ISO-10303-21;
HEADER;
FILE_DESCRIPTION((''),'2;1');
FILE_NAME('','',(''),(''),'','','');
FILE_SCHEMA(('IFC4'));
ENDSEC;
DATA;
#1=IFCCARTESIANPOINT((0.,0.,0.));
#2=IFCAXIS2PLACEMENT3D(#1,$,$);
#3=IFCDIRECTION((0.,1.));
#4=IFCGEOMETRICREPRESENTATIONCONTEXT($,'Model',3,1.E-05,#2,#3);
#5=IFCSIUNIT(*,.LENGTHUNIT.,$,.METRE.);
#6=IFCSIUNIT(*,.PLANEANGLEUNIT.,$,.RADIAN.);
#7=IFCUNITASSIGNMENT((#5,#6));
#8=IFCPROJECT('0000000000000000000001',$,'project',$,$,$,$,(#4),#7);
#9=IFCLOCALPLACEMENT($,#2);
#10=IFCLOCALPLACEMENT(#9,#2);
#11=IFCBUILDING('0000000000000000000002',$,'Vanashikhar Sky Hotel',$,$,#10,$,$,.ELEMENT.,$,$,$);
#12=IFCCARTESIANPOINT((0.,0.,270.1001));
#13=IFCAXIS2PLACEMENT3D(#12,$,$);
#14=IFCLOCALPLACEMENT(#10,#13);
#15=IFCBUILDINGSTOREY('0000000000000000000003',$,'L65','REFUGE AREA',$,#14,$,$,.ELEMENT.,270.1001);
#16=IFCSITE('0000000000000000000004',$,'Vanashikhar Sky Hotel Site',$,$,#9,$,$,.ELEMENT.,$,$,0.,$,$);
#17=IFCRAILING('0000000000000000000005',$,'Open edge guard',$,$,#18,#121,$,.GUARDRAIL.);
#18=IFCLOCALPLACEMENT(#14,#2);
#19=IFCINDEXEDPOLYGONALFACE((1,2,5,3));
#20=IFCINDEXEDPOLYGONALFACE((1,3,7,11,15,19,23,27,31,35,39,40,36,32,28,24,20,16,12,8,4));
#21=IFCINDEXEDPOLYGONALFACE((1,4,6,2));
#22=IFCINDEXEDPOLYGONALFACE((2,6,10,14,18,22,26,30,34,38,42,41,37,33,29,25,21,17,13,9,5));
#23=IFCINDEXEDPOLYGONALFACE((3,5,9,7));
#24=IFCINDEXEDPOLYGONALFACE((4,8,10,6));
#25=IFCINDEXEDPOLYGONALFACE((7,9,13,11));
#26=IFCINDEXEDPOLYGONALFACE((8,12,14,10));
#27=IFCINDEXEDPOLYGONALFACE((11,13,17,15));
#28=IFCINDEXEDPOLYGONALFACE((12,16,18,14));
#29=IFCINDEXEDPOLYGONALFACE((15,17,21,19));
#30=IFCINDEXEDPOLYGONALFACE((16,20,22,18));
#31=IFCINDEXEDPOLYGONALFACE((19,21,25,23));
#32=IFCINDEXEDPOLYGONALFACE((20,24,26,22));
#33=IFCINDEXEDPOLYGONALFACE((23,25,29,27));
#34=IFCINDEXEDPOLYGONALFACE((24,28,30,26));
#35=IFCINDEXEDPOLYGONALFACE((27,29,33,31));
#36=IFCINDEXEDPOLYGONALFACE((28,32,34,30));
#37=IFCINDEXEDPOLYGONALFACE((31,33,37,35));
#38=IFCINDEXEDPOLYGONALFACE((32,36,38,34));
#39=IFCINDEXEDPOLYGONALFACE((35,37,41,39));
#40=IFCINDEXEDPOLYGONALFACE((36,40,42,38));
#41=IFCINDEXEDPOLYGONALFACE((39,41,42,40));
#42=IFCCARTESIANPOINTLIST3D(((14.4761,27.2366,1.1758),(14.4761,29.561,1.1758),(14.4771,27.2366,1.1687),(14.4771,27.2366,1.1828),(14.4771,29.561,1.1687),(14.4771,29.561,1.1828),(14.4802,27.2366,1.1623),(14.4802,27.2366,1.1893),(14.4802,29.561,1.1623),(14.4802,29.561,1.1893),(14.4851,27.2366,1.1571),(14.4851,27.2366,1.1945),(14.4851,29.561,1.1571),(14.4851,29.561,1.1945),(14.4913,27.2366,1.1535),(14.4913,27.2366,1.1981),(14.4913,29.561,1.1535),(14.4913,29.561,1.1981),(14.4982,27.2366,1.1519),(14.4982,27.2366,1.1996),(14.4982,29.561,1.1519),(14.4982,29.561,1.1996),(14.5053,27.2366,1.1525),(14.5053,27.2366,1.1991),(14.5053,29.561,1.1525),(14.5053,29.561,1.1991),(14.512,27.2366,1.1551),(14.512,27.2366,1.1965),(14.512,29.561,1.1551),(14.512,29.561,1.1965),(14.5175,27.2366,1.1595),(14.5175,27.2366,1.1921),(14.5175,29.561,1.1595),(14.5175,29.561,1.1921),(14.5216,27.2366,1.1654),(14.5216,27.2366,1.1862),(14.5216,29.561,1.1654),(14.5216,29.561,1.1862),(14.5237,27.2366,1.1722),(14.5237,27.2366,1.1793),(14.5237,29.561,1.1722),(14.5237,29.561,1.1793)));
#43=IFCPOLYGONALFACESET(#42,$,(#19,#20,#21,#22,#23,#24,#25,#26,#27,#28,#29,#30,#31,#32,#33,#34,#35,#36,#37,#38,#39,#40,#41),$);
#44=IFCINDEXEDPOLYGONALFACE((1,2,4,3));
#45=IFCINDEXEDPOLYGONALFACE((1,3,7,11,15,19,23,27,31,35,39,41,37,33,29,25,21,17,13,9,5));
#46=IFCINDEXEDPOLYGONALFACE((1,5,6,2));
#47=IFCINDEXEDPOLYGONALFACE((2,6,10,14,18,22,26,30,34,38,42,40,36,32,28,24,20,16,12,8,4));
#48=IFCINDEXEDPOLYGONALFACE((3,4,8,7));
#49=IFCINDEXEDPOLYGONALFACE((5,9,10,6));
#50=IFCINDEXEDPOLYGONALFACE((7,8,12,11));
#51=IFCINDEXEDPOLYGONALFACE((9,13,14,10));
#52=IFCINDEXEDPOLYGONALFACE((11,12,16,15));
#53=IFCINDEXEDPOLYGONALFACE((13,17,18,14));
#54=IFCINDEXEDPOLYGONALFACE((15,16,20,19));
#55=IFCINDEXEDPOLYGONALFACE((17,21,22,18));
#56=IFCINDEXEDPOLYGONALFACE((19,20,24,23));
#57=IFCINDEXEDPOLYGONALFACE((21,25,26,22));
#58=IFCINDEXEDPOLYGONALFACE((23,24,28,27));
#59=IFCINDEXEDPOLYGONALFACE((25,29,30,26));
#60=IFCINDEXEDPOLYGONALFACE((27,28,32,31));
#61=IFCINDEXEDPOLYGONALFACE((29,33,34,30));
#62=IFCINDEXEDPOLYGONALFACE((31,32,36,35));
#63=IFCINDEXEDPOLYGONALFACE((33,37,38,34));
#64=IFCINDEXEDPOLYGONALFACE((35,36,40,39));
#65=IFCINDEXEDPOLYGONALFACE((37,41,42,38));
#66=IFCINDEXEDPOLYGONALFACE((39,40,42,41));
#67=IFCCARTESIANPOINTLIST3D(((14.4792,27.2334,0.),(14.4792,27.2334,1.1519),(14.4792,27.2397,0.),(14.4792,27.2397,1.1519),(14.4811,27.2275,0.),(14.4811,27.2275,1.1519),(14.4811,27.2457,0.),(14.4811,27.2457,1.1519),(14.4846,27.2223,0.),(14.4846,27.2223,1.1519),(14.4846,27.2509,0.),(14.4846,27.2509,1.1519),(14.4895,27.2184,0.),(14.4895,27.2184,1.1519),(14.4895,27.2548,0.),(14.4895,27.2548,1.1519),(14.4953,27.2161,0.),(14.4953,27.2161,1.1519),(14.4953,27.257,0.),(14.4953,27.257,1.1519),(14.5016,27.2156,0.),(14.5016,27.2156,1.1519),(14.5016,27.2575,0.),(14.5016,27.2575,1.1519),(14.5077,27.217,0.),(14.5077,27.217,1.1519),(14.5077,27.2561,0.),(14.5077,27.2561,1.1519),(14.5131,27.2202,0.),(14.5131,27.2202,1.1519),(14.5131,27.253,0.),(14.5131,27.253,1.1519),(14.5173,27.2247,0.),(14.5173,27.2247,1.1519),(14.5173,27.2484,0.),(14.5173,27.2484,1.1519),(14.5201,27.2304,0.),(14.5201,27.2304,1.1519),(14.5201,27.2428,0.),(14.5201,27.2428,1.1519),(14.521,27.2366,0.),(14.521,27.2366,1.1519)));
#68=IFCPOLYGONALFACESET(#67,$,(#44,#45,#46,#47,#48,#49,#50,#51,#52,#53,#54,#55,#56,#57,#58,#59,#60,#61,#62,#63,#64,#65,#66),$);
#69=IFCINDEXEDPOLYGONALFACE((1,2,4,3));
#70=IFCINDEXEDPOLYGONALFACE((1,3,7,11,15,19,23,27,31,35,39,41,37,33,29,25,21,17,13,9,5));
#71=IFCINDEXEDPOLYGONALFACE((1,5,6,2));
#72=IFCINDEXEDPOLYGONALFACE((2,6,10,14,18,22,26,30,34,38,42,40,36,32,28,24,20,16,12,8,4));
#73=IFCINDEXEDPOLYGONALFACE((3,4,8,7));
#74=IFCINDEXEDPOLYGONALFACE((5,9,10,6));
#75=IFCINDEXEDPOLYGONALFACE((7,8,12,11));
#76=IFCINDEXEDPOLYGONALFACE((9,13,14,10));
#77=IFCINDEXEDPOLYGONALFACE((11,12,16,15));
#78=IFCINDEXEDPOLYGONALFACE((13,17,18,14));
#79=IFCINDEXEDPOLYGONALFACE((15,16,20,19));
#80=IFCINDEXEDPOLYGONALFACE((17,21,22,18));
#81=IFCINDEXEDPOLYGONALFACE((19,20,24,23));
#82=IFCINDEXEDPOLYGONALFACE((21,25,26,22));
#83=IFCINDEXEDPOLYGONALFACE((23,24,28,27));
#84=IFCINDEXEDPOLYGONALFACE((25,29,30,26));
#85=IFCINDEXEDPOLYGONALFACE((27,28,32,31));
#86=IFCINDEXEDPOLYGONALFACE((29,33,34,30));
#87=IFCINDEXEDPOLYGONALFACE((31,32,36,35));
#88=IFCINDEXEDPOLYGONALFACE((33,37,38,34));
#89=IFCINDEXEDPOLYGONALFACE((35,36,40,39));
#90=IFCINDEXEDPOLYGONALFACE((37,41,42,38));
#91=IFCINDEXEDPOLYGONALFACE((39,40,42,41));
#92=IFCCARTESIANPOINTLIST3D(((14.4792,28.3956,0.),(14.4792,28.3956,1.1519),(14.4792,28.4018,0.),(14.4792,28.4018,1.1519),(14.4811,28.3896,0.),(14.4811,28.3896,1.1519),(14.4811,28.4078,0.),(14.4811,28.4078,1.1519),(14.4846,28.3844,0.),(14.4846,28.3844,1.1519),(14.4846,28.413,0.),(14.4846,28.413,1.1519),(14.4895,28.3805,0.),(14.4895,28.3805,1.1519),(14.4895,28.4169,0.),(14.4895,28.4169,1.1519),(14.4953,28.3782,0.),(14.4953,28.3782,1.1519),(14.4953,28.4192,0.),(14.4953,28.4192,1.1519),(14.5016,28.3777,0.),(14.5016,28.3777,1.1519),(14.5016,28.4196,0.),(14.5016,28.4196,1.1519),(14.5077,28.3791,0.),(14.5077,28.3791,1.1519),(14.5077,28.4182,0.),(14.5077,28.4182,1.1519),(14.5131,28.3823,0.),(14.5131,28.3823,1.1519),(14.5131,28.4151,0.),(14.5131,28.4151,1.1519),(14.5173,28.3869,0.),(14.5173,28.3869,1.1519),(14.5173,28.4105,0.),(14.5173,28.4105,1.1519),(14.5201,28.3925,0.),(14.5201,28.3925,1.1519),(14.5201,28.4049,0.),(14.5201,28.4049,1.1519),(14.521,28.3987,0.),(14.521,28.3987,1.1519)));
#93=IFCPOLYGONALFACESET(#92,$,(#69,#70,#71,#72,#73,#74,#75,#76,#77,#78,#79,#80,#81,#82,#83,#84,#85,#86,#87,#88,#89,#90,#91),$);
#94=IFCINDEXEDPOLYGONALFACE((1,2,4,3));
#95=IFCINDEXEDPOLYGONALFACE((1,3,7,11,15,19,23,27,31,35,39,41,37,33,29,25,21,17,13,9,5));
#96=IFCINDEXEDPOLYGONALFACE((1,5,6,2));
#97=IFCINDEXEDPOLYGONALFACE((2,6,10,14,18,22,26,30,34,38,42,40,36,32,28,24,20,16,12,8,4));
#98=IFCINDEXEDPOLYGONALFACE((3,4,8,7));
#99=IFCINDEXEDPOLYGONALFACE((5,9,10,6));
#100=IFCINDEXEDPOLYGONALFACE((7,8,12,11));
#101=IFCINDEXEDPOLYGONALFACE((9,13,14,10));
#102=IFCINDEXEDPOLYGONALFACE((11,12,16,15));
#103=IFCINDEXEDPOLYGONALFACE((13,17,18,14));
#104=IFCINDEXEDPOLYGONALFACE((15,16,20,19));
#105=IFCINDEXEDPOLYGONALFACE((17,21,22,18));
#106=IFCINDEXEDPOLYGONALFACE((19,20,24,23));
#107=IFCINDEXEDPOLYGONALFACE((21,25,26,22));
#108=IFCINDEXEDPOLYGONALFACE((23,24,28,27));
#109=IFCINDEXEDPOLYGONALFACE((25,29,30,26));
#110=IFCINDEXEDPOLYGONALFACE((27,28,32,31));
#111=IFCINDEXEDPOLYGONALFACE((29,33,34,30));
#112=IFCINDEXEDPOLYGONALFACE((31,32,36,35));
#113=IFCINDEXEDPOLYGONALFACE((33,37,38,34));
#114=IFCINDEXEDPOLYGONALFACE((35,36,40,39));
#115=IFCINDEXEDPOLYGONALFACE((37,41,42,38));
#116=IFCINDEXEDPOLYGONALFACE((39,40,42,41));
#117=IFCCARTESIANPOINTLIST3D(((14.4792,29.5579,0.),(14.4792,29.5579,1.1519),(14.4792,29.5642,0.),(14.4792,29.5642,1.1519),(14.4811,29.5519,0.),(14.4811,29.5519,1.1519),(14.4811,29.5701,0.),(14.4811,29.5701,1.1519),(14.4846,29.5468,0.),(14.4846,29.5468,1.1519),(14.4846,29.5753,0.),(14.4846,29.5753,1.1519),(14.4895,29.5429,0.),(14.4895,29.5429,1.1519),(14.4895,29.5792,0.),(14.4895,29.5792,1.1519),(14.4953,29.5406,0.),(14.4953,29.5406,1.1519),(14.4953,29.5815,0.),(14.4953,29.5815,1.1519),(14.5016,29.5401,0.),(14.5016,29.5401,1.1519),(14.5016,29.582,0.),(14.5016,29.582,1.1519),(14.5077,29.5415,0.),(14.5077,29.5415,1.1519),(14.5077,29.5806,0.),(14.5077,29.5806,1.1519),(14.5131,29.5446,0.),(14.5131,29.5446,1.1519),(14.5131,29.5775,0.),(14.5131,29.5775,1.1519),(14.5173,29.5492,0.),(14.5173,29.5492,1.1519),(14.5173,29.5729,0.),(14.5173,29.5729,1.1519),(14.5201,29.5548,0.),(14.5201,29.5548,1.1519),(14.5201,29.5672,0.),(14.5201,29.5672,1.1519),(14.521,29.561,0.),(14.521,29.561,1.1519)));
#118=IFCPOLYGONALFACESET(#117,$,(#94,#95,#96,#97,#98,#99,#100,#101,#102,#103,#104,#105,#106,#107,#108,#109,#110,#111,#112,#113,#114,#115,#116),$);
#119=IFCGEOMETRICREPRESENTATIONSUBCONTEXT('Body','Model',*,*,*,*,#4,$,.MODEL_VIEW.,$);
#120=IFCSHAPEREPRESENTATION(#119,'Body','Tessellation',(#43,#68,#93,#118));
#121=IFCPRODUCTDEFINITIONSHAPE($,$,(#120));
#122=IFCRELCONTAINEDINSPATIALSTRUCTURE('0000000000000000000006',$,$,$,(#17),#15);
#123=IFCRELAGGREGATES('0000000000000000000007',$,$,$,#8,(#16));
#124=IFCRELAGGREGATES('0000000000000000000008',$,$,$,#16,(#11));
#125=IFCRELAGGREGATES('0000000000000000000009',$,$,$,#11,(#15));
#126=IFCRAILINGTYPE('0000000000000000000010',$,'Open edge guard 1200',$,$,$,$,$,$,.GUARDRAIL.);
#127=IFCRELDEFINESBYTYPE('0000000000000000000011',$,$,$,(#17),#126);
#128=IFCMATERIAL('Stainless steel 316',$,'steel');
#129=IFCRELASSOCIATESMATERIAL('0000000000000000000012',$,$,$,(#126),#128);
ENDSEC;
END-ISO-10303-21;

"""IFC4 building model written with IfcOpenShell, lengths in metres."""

from ifc_helpers import new_model, si_unit, direction, frame, origin, origin_2d, place, context, subcontext, project, spatial, circle, extrude, source, transform, mapped, material, type_object, element, save


model = new_model("IFC4")

# Units and contexts
model_context = context("Model", 3, precision=1e-05, world=origin(), true_north=direction((0.0, 1.0)))
body_context = subcontext(model_context, "Body", "Model", "MODEL_VIEW")
ifc_project = project(units=[si_unit("LENGTHUNIT", "METRE"), si_unit("PLANEANGLEUNIT", "RADIAN")], contexts=[model_context])

# Site, building, storey
site_placement = place(None, origin())
site = spatial("IfcSite", under=ifc_project, at=site_placement, Name="Vanashikhar Sky Hotel Site", CompositionType="ELEMENT", RefElevation=0.0)
building_placement = place(site_placement, origin())
building = spatial("IfcBuilding", under=site, at=building_placement, Name="Vanashikhar Sky Hotel", CompositionType="ELEMENT")
storey_placement = place(building_placement, frame((0.0, 0.0, 270.1001)))
storey = spatial("IfcBuildingStorey", under=building, at=storey_placement, Name="L65", Description="REFUGE AREA", CompositionType="ELEMENT", Elevation=270.1001)

# Railing
ifc_material_1 = material(Name="Stainless steel 316", Category="steel")
railing_type_1 = type_object("IfcRailingType", Name="Open edge guard 1200", PredefinedType="GUARDRAIL", material=ifc_material_1)
shared_shape_1 = source(origin(), body_context, "Body", "SweptSolid", [
    extrude(circle(Radius=0.0239, at=origin_2d()), frame((0.0, 0.0, 1.1758), z_axis=(0.0, 1.0, 0.0), x_axis=(-1.0, 0.0, 0.0)), (0.0, 0.0, 1.0), 2.3245),
    extrude(circle(Radius=0.021, at=origin_2d()), origin(), (0.0, 0.0, 1.0), 1.1519),
    extrude(circle(Radius=0.021, at=origin_2d()), frame((0.0, 1.1621, 0.0)), (0.0, 0.0, 1.0), 1.1519),
    extrude(circle(Radius=0.021, at=origin_2d()), frame((0.0, 2.3245, 0.0)), (0.0, 0.0, 1.0), 1.1519),
])
for number, where, name in (
    (1, (14.5, 27.2366, 0.0), "Open edge guard"),
):
    element("IfcRailing", number, at=place(storey_placement, frame(where)), inside=storey, type_object=railing_type_1, Name=name, PredefinedType="GUARDRAIL", context=body_context, shape_type="MappedRepresentation", body=[
        mapped(shared_shape_1, transform((0.0, 0.0, 0.0), scale=1.0)),
    ])

save(model, "model.ifc")
